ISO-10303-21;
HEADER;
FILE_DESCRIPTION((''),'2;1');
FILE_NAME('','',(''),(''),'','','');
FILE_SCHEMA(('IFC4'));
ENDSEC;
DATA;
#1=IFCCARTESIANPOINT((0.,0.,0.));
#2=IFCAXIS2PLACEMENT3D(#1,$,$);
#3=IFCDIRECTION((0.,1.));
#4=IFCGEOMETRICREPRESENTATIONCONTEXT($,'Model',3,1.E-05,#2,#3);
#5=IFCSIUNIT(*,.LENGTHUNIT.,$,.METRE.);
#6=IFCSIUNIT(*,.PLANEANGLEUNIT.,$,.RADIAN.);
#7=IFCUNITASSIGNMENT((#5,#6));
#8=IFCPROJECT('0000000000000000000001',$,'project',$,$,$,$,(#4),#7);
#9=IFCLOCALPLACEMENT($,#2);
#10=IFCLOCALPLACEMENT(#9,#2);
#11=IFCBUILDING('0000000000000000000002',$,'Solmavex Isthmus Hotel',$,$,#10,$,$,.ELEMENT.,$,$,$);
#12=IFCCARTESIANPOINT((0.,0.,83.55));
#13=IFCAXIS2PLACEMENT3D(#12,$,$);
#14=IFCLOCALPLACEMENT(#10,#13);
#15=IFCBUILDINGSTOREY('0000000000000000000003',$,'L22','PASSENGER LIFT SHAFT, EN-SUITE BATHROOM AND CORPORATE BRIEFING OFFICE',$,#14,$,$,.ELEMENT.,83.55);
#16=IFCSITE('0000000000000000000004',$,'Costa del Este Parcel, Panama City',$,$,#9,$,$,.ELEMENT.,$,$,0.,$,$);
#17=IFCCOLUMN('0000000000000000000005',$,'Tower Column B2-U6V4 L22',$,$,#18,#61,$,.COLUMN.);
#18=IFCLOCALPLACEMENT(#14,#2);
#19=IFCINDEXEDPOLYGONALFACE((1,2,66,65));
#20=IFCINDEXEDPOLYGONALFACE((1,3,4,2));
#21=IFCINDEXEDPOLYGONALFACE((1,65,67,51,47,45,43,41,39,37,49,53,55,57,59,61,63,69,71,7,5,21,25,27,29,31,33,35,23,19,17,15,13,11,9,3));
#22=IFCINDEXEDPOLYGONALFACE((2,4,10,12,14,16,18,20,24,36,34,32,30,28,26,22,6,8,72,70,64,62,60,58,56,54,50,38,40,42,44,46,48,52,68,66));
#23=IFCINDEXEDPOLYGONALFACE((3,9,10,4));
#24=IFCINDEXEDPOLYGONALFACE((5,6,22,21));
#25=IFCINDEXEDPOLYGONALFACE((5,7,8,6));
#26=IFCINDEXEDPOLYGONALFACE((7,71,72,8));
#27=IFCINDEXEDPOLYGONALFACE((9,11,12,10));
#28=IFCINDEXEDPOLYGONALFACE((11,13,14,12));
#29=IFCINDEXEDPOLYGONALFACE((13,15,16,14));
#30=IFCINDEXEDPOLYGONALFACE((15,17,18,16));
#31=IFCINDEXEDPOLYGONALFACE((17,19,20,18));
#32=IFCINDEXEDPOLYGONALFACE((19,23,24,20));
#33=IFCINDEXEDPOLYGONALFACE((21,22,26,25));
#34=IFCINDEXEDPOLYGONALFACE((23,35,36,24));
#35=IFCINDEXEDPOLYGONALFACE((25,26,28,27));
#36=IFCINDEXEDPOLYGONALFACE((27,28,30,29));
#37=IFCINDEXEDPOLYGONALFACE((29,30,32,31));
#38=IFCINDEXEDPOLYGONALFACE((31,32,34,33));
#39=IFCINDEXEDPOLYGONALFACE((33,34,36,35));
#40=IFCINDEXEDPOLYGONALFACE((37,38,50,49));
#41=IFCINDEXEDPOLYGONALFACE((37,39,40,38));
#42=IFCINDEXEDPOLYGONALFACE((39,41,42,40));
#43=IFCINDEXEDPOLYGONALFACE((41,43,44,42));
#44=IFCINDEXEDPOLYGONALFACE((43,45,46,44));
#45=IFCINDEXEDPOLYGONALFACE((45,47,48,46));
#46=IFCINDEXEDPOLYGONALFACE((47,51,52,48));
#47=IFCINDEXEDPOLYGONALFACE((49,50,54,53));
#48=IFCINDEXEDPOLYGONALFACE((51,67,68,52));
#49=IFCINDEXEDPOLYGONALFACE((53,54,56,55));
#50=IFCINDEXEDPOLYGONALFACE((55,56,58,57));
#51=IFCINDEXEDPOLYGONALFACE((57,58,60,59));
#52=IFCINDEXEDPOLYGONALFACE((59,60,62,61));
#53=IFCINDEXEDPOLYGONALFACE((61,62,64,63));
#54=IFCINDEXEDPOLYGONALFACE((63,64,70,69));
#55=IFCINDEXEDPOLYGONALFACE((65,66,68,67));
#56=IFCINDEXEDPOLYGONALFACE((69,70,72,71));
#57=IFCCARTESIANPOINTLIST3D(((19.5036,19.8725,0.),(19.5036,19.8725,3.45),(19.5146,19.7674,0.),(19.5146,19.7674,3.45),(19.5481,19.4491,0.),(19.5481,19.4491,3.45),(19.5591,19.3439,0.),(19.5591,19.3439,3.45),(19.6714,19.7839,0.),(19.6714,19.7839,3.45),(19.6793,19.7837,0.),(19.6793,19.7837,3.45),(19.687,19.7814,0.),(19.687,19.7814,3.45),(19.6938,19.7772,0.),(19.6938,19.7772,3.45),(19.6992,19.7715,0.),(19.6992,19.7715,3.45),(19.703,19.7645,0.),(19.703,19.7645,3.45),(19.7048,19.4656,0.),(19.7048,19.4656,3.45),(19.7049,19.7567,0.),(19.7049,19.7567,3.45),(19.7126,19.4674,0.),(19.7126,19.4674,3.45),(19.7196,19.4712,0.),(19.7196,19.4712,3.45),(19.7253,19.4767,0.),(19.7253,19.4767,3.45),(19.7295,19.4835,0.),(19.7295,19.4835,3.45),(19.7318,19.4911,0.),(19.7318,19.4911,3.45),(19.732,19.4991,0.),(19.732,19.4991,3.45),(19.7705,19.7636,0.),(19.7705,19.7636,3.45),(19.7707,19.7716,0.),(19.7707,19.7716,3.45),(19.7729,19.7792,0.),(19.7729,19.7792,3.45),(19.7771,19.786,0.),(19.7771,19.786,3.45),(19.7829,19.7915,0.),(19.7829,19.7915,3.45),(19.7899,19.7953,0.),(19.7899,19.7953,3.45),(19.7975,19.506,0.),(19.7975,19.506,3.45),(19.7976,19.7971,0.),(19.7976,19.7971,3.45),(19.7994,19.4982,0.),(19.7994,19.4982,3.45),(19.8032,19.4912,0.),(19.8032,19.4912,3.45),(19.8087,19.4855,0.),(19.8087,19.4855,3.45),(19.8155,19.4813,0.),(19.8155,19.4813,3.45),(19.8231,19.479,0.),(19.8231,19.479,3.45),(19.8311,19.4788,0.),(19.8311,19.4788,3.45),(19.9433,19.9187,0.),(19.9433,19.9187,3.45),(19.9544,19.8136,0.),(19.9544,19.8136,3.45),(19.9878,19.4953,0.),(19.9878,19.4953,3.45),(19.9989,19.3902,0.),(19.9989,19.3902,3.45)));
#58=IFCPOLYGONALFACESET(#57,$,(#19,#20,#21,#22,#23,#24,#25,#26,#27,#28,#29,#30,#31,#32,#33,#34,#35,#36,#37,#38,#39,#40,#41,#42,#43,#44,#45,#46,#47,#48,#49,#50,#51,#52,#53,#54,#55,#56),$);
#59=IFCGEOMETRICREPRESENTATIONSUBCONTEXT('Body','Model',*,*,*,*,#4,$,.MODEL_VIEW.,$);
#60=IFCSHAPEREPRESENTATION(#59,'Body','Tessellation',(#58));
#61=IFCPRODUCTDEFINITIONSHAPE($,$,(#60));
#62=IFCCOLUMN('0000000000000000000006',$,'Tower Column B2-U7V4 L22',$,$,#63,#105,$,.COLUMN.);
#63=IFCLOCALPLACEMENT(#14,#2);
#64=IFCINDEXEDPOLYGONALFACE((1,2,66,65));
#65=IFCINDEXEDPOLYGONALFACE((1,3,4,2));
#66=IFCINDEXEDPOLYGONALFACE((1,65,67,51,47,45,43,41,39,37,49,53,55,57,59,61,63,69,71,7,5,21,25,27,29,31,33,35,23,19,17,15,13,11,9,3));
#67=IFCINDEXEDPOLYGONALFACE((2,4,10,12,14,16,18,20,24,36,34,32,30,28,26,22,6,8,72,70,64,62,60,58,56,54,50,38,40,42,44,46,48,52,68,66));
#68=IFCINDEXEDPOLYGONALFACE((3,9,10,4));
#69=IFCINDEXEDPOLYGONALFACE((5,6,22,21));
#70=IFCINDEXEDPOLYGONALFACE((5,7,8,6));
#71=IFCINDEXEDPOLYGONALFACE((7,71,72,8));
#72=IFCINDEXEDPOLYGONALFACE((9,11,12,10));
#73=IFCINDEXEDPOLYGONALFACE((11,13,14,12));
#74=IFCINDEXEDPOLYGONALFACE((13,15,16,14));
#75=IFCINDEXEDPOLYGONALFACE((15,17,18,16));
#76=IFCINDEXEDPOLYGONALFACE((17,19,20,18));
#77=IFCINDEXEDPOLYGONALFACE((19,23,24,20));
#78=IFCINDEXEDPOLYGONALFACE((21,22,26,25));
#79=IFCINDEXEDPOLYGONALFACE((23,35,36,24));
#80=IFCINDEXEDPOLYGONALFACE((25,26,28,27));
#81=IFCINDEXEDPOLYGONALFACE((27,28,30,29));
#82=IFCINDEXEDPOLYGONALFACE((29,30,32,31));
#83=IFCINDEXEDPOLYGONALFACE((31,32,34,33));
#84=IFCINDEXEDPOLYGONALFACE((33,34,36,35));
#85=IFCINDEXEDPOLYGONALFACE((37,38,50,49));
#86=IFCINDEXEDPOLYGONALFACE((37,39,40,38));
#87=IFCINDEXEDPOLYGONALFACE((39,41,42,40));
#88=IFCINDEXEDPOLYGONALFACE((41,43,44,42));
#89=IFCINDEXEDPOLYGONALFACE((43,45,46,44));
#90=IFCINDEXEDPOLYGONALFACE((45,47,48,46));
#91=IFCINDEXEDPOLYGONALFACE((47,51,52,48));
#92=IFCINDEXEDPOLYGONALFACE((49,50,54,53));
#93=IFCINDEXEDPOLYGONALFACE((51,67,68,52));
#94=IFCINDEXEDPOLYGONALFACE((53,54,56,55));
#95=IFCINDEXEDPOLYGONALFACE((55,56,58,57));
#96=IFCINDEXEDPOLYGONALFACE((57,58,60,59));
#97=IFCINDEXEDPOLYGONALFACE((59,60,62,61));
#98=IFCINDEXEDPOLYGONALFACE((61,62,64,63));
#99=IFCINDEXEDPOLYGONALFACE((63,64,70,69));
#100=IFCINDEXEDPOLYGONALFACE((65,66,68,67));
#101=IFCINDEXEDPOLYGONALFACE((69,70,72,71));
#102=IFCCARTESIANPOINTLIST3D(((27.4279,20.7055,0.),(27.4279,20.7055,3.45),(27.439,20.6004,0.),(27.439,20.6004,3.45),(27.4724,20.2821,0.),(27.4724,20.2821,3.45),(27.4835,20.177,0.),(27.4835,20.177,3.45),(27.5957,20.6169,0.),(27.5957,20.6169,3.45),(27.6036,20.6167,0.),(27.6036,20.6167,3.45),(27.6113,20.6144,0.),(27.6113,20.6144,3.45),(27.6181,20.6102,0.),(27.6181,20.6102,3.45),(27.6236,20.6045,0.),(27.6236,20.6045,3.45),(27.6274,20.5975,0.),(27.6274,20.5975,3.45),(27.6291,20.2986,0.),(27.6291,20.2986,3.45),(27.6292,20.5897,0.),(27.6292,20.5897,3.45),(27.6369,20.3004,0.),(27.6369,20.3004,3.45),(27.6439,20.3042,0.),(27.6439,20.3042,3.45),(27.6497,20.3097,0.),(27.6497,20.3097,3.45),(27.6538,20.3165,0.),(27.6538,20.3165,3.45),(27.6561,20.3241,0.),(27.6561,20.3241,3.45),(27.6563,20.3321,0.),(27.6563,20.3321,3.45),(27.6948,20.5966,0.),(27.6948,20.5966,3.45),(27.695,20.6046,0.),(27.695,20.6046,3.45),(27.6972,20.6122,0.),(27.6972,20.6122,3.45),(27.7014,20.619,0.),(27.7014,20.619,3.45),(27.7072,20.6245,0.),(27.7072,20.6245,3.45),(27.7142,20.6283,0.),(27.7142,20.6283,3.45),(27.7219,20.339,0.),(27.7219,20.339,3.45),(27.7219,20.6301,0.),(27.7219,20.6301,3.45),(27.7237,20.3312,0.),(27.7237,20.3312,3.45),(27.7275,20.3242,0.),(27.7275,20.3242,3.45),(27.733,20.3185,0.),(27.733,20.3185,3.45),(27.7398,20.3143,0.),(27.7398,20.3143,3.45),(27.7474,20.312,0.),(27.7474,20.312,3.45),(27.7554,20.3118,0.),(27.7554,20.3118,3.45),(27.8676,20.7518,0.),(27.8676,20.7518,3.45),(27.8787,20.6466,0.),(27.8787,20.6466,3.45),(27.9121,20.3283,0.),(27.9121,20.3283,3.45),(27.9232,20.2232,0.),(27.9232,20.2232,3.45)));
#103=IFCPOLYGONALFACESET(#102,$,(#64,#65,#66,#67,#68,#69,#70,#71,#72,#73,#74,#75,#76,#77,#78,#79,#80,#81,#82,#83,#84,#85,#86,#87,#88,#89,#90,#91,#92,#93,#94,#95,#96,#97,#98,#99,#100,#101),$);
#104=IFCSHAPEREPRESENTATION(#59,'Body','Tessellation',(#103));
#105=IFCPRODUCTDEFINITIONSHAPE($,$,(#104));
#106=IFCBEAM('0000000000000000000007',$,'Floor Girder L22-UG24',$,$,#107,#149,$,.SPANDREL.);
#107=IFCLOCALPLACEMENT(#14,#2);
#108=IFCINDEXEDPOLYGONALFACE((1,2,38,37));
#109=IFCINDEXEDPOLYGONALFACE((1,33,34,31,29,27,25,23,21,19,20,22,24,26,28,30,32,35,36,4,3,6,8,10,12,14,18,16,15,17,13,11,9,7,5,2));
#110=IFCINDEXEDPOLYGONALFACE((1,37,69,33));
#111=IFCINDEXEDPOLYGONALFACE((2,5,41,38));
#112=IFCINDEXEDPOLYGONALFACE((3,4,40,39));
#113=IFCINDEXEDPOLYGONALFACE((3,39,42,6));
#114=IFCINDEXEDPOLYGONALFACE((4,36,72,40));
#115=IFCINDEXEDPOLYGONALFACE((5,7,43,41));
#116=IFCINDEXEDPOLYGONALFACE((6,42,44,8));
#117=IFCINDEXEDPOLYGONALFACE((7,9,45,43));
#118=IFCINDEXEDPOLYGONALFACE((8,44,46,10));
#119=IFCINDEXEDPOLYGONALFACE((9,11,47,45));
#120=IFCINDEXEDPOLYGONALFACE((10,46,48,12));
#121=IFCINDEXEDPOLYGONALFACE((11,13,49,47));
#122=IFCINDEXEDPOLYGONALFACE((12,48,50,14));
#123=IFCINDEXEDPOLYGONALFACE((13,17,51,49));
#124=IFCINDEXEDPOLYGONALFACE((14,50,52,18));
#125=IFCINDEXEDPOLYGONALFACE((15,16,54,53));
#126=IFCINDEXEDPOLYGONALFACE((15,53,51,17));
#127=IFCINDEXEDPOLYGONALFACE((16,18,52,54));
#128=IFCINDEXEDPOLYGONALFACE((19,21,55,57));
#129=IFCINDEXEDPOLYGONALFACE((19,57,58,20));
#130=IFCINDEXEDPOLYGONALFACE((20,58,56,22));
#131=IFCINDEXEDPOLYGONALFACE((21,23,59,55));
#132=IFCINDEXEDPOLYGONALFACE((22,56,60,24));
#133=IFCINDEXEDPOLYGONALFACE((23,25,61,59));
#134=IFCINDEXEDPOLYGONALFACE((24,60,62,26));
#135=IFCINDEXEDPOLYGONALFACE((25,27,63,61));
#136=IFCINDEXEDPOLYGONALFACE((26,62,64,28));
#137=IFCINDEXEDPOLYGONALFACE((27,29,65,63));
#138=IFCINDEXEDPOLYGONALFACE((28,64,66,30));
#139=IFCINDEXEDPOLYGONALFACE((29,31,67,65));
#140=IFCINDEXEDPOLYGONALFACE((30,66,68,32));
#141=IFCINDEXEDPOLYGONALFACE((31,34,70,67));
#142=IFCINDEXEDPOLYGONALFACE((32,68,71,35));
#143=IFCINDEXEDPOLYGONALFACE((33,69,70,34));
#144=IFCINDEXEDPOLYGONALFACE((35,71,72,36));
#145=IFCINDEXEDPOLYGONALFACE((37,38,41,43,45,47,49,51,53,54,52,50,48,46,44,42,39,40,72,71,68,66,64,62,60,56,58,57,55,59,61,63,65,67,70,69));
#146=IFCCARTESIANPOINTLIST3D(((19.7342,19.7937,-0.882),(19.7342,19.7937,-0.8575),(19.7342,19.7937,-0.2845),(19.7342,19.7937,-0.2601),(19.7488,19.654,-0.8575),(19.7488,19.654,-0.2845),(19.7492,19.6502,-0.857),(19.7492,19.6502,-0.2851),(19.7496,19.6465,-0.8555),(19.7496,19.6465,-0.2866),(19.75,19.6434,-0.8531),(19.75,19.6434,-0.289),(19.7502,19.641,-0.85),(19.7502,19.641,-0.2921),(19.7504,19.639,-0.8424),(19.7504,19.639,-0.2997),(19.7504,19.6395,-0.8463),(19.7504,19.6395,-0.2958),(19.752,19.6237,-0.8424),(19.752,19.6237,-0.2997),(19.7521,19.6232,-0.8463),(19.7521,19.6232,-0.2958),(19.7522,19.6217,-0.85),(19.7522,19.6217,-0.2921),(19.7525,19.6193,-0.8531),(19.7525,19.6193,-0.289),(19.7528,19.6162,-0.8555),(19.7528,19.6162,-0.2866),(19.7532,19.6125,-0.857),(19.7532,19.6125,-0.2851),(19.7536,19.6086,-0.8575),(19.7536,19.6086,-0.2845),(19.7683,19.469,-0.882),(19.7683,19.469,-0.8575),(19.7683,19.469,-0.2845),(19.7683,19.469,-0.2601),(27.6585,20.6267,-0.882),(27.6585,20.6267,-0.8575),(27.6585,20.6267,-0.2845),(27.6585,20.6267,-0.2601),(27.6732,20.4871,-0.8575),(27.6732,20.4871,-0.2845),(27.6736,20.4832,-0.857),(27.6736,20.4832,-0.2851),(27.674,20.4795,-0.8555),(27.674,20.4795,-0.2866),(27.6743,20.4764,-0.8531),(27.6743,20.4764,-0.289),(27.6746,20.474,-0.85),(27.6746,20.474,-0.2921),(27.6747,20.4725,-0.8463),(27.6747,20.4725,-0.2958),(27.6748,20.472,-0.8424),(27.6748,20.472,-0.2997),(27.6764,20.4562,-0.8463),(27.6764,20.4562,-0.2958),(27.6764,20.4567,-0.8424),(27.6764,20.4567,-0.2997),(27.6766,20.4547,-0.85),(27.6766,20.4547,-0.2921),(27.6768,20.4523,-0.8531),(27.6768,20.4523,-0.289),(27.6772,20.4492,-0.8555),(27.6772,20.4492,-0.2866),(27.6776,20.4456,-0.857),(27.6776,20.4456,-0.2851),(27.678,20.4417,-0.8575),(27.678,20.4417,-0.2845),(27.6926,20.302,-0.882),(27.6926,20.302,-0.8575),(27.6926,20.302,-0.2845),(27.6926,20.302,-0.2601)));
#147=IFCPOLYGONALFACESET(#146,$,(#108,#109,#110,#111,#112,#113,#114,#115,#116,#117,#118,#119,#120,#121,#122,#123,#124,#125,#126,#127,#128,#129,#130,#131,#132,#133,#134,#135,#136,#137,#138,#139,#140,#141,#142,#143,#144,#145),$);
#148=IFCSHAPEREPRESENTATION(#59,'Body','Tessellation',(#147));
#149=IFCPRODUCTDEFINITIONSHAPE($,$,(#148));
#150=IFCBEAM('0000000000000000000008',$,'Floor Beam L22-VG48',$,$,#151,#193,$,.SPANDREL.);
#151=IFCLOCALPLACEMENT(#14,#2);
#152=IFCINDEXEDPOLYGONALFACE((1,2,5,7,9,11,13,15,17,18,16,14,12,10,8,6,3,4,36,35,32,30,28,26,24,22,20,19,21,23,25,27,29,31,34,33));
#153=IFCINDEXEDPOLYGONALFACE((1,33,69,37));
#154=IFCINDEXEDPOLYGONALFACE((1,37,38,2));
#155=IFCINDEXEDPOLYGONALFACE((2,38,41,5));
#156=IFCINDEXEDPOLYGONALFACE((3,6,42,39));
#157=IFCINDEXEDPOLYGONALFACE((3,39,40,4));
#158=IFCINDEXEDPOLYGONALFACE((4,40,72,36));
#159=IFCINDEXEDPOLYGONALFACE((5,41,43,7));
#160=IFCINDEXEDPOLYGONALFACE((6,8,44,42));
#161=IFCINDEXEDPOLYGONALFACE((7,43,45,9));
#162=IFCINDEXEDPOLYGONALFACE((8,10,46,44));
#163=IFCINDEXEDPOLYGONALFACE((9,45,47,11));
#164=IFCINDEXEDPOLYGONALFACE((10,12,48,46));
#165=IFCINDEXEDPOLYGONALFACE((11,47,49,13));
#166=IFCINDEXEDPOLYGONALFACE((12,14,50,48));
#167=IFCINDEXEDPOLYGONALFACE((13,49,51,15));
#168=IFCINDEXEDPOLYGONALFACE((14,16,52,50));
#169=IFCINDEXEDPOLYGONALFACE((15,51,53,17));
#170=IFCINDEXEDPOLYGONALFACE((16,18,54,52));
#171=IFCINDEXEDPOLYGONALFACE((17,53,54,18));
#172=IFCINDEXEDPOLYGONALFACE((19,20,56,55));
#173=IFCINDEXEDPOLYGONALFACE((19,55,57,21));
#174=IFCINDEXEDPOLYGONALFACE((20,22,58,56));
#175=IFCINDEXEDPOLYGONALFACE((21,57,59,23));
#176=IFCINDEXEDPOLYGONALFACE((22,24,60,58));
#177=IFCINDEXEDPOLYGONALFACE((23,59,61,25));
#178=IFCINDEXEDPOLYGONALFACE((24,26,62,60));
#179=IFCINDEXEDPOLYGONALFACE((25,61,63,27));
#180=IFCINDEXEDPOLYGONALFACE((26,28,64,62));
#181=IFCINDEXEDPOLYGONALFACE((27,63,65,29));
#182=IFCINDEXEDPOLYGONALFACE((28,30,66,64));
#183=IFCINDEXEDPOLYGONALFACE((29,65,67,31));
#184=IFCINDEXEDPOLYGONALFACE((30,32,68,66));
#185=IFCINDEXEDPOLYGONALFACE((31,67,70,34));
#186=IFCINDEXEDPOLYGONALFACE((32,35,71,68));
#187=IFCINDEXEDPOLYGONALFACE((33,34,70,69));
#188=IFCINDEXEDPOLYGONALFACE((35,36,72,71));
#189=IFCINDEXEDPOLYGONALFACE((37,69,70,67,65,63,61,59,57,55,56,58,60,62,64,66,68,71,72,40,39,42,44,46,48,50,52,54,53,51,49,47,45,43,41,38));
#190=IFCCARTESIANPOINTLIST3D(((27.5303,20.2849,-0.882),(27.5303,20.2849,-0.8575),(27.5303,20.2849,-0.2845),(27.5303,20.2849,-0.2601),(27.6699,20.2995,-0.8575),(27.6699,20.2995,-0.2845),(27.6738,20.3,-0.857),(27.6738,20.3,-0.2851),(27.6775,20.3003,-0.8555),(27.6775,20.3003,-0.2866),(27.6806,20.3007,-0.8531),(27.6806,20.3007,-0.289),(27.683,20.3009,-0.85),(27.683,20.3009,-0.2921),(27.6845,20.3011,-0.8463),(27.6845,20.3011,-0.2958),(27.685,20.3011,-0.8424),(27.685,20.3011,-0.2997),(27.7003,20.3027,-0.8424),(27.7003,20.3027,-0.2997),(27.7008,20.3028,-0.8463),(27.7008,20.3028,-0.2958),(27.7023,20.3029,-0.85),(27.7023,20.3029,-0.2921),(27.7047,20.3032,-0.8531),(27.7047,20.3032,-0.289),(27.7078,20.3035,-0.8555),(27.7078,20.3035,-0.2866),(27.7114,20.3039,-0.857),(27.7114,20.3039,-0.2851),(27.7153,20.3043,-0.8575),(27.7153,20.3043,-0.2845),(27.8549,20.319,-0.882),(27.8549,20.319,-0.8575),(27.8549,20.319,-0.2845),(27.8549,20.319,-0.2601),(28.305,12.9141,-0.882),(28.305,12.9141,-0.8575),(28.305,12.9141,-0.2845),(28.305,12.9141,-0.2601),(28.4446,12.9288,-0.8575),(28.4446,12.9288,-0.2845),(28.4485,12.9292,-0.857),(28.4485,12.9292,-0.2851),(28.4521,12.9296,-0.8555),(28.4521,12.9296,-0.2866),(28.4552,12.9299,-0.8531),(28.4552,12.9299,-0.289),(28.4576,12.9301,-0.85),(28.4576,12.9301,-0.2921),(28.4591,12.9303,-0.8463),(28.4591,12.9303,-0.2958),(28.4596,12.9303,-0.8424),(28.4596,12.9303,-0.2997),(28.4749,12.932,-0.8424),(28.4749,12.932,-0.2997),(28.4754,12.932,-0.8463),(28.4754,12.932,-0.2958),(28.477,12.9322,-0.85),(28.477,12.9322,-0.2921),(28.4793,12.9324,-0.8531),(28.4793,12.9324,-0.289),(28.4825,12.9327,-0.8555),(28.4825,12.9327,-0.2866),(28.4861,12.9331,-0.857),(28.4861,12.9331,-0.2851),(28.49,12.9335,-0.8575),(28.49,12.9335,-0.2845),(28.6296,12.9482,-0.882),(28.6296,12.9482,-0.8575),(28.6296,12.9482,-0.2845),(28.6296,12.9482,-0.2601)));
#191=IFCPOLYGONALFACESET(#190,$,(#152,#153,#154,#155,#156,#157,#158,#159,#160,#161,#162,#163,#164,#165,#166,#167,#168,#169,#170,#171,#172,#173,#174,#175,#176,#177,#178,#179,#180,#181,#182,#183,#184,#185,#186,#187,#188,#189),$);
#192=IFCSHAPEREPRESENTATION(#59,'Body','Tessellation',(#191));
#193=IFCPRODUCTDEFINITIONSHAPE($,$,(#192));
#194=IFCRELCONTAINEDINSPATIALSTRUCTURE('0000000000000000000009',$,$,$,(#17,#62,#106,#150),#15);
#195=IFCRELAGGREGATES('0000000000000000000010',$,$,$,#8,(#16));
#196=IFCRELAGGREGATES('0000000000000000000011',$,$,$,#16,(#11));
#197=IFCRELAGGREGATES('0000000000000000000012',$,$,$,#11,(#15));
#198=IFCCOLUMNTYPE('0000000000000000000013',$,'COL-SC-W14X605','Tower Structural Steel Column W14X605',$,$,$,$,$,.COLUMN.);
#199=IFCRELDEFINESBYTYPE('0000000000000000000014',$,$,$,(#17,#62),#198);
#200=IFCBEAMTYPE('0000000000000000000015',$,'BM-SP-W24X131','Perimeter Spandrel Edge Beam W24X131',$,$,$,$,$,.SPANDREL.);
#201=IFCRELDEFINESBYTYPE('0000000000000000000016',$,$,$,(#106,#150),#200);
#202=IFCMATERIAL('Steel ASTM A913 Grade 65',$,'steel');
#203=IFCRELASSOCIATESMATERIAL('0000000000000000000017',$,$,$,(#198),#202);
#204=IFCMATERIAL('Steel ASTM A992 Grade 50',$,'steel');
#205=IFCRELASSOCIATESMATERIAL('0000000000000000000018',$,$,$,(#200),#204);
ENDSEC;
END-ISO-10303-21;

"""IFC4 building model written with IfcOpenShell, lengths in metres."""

from ifc_helpers import new_model, si_unit, direction, frame, origin, origin_2d, place, context, subcontext, project, spatial, i_section, extrude, material, material_profile, profile_set, type_object, element, save


model = new_model("IFC4")

# Units and contexts
model_context = context("Model", 3, precision=1e-05, world=origin(), true_north=direction((0.0, 1.0)))
body_context = subcontext(model_context, "Body", "Model", "MODEL_VIEW")
ifc_project = project(units=[si_unit("LENGTHUNIT", "METRE"), si_unit("PLANEANGLEUNIT", "RADIAN")], contexts=[model_context])

# Site, building, storey
site_placement = place(None, origin())
site = spatial("IfcSite", under=ifc_project, at=site_placement, Name="Costa del Este Parcel, Panama City", CompositionType="ELEMENT", RefElevation=0.0)
building_placement = place(site_placement, origin())
building = spatial("IfcBuilding", under=site, at=building_placement, Name="Solmavex Isthmus Hotel", CompositionType="ELEMENT")
storey_placement = place(building_placement, frame((0.0, 0.0, 83.55)))
storey = spatial("IfcBuildingStorey", under=building, at=storey_placement, Name="L22", Description="PASSENGER LIFT SHAFT, EN-SUITE BATHROOM AND CORPORATE BRIEFING OFFICE", CompositionType="ELEMENT", Elevation=83.55)

# Columns
ifc_material_1 = material(Name="Steel ASTM A913 Grade 65", Category="steel")
ifc_material_profile_1 = material_profile(ifc_material_1, i_section(OverallWidth=0.4421, OverallDepth=0.5315, WebThickness=0.0659, FlangeThickness=0.1057, FilletRadius=0.0305, at=origin_2d()), Name="W14X605")
ifc_profile_set_1 = profile_set([ifc_material_profile_1], Name="Steel ASTM A913 Grade 65")
column_type = type_object("IfcColumnType", Name="COL-SC-W14X605", Description="Tower Structural Steel Column W14X605", PredefinedType="COLUMN", material=ifc_profile_set_1)
for number, where, z_axis, x_axis, name in (
    (1, (19.7512, 19.6313, 0.0), (0.0, 0.0, 1.0), (0.994522, 0.104528, 0.0), "Tower Column B2-U6V4 L22"),
    (2, (27.6755, 20.4644, 0.0), (0.0, 0.0, 1.0), (0.994522, 0.104528, 0.0), "Tower Column B2-U7V4 L22"),
):
    element("IfcColumn", number, at=place(storey_placement, frame(where, z_axis=z_axis, x_axis=x_axis)), inside=storey, type_object=column_type, Name=name, PredefinedType="COLUMN", context=body_context, shape_type="SweptSolid", body=[
        extrude(i_section(OverallWidth=0.4421, OverallDepth=0.5315, WebThickness=0.0659, FlangeThickness=0.1057, FilletRadius=0.0305, at=origin_2d()), origin(), (0.0, 0.0, 1.0), 3.45),
    ])

# Beams
ifc_material_2 = material(Name="Steel ASTM A992 Grade 50", Category="steel")
ifc_material_profile_2 = material_profile(ifc_material_2, i_section(OverallWidth=0.3264, OverallDepth=0.6218, WebThickness=0.0154, FlangeThickness=0.0244, FilletRadius=0.0151, at=origin_2d()), Name="W24X131")
ifc_profile_set_2 = profile_set([ifc_material_profile_2], Name="Steel ASTM A992 Grade 50")
beam_type = type_object("IfcBeamType", Name="BM-SP-W24X131", Description="Perimeter Spandrel Edge Beam W24X131", PredefinedType="SPANDREL", material=ifc_profile_set_2)
beam_1_placement = place(storey_placement, frame((19.7512, 19.6313, -0.571), z_axis=(0.99452, 0.104544, 0.0), x_axis=(-0.104544, 0.99452, 0.0)))
element("IfcBeam", 3, at=beam_1_placement, inside=storey, type_object=beam_type, Name="Floor Girder L22-UG24", PredefinedType="SPANDREL", context=body_context, shape_type="SweptSolid", body=[
    extrude(i_section(OverallWidth=0.3264, OverallDepth=0.6218, WebThickness=0.0154, FlangeThickness=0.0244, FilletRadius=0.0151, at=origin_2d()), origin(), (0.0, 0.0, 1.0), 7.968),
])
beam_2_placement = place(storey_placement, frame((28.4673, 12.9312, -0.571), z_axis=(-0.104522, 0.994523, 0.0), x_axis=(-0.994523, -0.104522, 0.0)))
element("IfcBeam", 4, at=beam_2_placement, inside=storey, type_object=beam_type, Name="Floor Beam L22-VG48", PredefinedType="SPANDREL", context=body_context, shape_type="SweptSolid", body=[
    extrude(i_section(OverallWidth=0.3264, OverallDepth=0.6218, WebThickness=0.0154, FlangeThickness=0.0244, FilletRadius=0.0151, at=origin_2d()), origin(), (0.0, 0.0, 1.0), 7.4114),
])

save(model, "model.ifc")
